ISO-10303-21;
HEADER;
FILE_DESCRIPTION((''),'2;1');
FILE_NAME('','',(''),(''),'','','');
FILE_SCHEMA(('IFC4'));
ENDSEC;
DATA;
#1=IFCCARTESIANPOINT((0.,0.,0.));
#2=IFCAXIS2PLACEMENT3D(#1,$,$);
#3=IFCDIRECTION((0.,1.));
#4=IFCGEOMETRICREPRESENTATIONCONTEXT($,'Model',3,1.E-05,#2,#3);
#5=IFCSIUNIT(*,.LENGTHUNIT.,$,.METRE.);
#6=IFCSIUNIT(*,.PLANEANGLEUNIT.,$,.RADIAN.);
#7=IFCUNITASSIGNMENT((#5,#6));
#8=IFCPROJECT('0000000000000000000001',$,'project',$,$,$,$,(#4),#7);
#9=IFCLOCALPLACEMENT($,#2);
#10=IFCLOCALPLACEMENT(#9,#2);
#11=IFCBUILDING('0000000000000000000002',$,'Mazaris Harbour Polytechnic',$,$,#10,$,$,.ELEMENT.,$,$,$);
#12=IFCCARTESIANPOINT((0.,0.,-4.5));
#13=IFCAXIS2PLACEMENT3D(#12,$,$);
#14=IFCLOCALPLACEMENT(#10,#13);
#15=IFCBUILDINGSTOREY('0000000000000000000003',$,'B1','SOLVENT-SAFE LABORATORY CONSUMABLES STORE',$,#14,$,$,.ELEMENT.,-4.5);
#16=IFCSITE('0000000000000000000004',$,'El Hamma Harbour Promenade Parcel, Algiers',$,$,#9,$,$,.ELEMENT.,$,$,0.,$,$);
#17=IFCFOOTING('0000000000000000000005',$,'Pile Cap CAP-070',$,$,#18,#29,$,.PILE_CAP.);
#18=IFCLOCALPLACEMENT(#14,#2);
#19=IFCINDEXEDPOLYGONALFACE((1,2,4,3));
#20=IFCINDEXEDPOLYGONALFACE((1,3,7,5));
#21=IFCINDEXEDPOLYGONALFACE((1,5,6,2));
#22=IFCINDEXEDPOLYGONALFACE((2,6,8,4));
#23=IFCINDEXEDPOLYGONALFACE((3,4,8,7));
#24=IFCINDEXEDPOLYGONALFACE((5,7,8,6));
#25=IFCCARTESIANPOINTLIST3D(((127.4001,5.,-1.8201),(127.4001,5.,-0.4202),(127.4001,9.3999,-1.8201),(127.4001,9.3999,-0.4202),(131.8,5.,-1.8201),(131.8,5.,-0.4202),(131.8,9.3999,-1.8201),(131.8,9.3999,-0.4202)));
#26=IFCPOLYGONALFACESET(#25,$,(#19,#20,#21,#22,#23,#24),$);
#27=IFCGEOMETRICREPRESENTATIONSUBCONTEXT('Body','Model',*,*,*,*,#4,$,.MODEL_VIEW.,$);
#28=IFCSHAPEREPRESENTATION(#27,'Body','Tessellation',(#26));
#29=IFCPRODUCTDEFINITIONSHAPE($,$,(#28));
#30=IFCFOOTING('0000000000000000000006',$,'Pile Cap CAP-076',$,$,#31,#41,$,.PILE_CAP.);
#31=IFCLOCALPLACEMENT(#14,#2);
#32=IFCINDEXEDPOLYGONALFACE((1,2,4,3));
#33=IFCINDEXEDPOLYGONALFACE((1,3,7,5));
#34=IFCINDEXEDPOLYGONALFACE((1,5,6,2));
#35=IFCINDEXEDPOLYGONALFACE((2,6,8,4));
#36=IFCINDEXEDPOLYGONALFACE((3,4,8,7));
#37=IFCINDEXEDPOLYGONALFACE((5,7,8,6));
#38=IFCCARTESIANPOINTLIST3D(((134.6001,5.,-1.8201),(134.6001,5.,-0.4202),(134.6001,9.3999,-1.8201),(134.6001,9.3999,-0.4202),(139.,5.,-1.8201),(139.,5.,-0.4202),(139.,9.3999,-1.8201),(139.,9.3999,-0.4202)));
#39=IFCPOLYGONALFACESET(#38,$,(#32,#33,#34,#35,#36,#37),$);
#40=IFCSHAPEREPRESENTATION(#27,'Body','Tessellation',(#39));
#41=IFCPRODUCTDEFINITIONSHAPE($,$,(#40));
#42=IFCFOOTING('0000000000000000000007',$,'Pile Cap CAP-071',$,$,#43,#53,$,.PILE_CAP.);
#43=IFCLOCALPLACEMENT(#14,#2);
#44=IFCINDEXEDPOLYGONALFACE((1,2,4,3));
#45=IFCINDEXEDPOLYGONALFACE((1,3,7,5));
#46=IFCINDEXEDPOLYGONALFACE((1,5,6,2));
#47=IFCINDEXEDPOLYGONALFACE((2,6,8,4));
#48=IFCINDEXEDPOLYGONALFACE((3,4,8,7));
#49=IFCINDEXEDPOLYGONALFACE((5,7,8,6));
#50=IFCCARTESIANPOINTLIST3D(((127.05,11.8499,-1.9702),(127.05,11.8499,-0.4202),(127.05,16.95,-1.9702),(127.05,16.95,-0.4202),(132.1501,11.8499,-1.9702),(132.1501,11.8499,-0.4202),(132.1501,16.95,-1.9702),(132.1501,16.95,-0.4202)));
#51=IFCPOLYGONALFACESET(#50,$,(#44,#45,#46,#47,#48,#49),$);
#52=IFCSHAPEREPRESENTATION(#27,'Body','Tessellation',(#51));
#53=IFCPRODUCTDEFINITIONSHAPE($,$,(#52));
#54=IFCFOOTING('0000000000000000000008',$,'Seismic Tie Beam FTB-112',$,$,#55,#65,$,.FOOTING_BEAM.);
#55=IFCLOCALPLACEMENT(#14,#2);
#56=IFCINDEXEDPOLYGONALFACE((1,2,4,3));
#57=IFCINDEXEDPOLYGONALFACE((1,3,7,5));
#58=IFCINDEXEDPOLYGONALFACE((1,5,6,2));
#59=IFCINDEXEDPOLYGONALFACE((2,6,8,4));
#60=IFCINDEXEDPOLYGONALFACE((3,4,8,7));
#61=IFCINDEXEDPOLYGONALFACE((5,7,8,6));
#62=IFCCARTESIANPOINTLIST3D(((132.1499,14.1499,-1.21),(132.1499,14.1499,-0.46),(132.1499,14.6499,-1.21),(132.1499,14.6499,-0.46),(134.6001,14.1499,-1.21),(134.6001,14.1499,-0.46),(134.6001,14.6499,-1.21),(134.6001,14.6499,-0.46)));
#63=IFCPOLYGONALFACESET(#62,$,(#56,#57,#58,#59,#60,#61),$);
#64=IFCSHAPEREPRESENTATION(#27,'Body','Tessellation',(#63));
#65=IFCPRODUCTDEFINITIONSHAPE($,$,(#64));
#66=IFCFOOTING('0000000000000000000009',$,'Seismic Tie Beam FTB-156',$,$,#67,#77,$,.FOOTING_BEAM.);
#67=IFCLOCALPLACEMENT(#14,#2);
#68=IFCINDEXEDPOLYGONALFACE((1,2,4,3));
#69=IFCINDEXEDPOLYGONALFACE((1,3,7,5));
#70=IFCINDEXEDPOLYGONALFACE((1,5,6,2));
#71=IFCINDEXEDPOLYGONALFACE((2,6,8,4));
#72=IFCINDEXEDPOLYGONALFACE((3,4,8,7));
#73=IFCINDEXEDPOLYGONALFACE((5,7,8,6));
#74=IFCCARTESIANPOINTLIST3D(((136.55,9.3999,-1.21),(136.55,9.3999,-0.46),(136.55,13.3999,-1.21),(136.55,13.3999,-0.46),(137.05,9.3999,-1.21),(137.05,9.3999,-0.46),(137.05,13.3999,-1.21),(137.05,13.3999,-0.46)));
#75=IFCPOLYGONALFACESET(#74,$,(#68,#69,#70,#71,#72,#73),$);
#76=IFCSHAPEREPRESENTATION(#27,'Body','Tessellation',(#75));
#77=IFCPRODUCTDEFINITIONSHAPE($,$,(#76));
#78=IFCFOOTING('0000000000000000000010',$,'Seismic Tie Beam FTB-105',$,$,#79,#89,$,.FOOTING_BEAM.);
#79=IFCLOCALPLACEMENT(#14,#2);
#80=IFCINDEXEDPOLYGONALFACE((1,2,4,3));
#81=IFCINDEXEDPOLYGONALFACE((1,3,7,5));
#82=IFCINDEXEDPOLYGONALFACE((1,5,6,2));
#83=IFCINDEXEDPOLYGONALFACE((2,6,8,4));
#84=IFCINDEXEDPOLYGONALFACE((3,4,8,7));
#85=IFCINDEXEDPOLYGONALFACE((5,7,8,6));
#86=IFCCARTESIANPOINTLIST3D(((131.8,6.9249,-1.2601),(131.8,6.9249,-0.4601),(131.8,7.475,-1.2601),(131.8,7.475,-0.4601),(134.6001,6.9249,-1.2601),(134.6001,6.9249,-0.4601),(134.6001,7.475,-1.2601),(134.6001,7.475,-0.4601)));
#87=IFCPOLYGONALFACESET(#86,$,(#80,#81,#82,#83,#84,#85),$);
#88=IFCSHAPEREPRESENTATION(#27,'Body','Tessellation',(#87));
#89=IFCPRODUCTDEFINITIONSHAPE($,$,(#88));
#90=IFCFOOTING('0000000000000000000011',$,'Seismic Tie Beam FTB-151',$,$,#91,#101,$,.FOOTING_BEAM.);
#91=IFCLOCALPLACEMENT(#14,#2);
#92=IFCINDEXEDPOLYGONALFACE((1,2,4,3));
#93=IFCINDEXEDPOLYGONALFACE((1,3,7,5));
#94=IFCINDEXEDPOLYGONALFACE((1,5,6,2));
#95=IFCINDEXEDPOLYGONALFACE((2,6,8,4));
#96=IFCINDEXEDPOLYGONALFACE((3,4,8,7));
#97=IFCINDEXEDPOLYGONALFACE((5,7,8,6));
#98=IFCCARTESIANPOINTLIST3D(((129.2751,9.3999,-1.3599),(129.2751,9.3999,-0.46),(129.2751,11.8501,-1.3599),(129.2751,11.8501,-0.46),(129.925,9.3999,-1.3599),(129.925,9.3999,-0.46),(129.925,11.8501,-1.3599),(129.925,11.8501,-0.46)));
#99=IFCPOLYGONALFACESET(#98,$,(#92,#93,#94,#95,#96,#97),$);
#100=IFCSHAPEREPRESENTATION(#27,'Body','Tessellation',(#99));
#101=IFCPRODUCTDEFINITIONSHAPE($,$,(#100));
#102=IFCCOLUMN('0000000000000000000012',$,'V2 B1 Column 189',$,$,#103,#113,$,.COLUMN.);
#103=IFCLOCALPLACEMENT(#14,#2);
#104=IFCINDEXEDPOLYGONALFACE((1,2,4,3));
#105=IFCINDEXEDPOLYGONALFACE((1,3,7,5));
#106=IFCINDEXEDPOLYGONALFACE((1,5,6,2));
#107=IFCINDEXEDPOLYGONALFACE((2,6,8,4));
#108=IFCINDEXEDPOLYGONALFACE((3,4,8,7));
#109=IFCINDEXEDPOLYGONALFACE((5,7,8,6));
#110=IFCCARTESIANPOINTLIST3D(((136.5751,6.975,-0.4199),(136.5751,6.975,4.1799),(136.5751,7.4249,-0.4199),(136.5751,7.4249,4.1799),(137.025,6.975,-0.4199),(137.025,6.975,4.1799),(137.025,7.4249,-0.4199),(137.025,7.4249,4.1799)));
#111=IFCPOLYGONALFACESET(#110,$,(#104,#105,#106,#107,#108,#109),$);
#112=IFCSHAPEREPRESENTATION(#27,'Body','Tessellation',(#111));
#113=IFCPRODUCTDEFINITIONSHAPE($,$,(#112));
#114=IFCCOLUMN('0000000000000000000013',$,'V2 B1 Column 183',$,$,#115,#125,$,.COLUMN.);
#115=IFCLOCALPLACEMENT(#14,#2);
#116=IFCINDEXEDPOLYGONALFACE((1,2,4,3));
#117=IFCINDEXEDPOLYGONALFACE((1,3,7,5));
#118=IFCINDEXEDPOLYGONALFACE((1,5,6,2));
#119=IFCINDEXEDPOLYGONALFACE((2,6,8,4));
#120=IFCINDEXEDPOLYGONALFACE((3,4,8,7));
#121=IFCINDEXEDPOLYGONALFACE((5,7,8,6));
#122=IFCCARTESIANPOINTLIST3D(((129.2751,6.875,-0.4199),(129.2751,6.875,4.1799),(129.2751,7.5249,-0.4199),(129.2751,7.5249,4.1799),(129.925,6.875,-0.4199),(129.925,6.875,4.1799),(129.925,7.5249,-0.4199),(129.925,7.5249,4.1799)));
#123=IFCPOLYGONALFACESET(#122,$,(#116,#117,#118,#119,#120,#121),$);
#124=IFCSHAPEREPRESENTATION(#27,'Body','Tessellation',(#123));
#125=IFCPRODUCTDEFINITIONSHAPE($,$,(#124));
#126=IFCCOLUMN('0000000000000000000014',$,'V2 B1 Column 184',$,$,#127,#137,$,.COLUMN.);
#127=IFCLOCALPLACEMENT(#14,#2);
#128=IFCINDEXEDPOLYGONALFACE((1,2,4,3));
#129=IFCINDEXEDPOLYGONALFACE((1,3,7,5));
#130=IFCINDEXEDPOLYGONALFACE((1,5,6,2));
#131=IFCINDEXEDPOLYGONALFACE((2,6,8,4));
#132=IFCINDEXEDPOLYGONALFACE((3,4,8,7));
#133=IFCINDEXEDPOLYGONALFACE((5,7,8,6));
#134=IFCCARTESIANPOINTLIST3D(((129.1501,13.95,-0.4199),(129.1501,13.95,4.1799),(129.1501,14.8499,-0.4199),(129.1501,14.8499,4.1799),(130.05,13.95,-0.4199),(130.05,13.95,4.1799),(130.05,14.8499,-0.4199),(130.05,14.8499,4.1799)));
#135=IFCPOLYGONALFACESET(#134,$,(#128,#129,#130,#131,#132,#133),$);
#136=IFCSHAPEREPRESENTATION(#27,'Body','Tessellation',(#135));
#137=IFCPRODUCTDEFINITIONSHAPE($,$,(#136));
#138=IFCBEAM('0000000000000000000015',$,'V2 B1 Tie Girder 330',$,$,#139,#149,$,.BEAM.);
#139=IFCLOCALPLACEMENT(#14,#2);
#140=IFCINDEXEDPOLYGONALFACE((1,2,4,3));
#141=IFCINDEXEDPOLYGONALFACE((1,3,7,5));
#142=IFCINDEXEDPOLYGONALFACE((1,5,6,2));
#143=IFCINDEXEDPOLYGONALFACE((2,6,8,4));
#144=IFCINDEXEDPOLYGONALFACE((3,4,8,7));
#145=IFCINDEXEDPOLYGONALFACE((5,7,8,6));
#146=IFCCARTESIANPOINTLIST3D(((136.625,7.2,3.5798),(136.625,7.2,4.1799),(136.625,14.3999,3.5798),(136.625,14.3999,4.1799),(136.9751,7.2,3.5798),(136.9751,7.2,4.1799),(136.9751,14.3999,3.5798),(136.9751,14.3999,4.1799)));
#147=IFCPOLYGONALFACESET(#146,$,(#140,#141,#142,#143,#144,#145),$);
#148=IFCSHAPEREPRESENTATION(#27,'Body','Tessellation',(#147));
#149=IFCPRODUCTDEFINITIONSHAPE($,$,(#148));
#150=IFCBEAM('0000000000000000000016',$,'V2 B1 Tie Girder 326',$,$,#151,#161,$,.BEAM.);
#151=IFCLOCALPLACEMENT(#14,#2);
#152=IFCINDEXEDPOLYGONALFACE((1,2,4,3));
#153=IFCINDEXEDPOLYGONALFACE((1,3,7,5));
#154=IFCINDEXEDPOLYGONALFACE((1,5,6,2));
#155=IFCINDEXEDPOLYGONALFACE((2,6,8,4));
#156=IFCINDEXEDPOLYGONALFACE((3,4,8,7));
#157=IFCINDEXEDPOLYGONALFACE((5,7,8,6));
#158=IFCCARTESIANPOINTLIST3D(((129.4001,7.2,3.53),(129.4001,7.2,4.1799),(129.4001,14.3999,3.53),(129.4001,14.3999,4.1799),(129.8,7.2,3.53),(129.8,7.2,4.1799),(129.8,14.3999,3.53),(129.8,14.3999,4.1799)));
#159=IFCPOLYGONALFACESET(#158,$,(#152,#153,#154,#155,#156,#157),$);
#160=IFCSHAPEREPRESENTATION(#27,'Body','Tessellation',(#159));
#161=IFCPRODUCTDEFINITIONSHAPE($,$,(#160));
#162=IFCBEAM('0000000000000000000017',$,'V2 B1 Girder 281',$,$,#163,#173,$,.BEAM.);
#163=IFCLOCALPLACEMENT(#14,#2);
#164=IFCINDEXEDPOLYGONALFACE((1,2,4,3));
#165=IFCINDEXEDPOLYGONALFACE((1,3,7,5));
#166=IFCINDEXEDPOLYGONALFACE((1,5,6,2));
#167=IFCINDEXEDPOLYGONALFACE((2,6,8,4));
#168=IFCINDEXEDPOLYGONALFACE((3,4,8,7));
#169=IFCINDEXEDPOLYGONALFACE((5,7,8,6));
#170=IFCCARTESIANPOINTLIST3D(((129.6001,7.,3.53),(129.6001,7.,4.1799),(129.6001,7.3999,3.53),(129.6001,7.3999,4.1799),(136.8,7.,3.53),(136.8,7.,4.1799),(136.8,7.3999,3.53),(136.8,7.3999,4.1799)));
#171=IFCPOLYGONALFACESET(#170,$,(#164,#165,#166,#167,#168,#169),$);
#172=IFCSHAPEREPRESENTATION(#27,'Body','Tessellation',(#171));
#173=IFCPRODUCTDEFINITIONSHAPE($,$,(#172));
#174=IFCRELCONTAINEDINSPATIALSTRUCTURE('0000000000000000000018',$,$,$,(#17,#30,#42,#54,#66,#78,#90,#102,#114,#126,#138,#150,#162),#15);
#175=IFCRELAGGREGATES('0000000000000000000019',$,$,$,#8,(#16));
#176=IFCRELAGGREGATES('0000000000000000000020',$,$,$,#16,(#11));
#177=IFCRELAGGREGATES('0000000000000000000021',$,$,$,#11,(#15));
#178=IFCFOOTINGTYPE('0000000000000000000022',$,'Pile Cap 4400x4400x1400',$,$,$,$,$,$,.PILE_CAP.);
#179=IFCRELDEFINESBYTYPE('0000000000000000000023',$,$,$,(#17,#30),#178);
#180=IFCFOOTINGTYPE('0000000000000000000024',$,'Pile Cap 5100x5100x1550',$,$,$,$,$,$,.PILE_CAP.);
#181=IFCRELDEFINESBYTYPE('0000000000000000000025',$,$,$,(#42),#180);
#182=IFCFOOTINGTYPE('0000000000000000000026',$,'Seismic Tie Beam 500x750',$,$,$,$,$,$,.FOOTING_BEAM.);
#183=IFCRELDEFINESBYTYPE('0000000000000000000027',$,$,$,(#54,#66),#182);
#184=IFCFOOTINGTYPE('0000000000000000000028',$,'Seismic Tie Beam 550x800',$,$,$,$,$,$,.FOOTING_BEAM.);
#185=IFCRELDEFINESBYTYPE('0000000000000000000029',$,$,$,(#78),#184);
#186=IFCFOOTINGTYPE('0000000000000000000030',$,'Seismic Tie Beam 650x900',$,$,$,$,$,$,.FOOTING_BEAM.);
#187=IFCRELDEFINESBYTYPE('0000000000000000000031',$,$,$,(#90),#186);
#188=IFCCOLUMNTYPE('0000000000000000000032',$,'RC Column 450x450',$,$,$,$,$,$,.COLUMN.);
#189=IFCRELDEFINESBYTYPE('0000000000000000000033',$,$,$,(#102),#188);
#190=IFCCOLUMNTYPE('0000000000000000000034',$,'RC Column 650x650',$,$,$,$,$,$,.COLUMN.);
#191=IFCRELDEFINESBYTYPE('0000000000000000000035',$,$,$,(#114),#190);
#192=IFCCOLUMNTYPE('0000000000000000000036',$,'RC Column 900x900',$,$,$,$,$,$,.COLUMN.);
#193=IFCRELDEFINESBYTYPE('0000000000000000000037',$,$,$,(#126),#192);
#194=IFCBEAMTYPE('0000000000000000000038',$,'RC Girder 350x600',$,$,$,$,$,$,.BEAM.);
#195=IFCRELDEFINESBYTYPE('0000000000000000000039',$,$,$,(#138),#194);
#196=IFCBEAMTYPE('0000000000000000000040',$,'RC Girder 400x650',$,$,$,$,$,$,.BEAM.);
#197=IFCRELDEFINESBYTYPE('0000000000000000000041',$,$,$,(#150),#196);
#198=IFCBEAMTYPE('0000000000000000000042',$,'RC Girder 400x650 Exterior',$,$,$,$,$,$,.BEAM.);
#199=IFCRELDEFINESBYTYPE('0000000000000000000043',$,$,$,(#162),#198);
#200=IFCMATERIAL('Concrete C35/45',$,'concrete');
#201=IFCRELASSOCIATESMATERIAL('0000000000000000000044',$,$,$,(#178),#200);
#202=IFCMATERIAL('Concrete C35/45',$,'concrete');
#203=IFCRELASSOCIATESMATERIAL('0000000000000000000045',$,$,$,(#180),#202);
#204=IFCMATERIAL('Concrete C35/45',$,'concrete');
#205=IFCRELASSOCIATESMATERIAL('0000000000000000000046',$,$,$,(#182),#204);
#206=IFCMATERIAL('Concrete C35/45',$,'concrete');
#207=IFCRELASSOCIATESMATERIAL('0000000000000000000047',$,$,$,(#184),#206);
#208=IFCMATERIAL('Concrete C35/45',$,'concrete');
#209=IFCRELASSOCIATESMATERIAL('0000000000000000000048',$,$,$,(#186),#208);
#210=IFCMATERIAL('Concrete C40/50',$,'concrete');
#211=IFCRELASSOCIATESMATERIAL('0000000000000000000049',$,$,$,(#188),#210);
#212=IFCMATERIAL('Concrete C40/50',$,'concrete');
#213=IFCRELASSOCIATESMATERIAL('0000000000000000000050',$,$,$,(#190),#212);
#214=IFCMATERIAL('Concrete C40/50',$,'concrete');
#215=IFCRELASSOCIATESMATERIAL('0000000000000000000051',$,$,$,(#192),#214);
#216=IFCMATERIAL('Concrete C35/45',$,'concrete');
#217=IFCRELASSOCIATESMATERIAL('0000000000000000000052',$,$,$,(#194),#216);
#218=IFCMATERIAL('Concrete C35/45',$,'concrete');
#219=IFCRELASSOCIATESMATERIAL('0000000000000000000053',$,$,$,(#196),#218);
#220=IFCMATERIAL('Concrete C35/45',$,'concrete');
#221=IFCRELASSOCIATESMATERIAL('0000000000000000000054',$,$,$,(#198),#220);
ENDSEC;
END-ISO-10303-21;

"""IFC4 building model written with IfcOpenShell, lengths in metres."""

from ifc_helpers import new_model, si_unit, direction, frame, origin, origin_2d, place, context, subcontext, project, spatial, rectangle, extrude, material, material_profile, profile_set, type_object, element, save


model = new_model("IFC4")

# Units and contexts
model_context = context("Model", 3, precision=1e-05, world=origin(), true_north=direction((0.0, 1.0)))
body_context = subcontext(model_context, "Body", "Model", "MODEL_VIEW")
ifc_project = project(units=[si_unit("LENGTHUNIT", "METRE"), si_unit("PLANEANGLEUNIT", "RADIAN")], contexts=[model_context])

# Site, building, storey
site_placement = place(None, origin())
site = spatial("IfcSite", under=ifc_project, at=site_placement, Name="El Hamma Harbour Promenade Parcel, Algiers", CompositionType="ELEMENT", RefElevation=0.0)
building_placement = place(site_placement, origin())
building = spatial("IfcBuilding", under=site, at=building_placement, Name="Mazaris Harbour Polytechnic", CompositionType="ELEMENT")
storey_placement = place(building_placement, frame((0.0, 0.0, -4.5)))
storey = spatial("IfcBuildingStorey", under=building, at=storey_placement, Name="B1", Description="SOLVENT-SAFE LABORATORY CONSUMABLES STORE", CompositionType="ELEMENT", Elevation=-4.5)

# Footings
ifc_material_1 = material(Name="Concrete C35/45", Category="concrete")
footing_type_1 = type_object("IfcFootingType", Name="Pile Cap 4400x4400x1400", PredefinedType="PILE_CAP", material=ifc_material_1)
for number, where, z_axis, x_axis, name in (
    (1, (129.6001, 7.2, -1.8201), (0.0, 0.0, 1.0), (1.0, 0.0, 0.0), "Pile Cap CAP-070"),
    (2, (136.8, 7.2, -1.8201), (0.0, 0.0, 1.0), (1.0, 0.0, 0.0), "Pile Cap CAP-076"),
):
    element("IfcFooting", number, at=place(storey_placement, frame(where, z_axis=z_axis, x_axis=x_axis)), inside=storey, type_object=footing_type_1, Name=name, PredefinedType="PILE_CAP", context=body_context, shape_type="SweptSolid", body=[
        extrude(rectangle(XDim=4.3999, YDim=4.3999, at=origin_2d()), origin(), (0.0, 0.0, 1.0), 1.3999),
    ])
ifc_material_2 = material(Name="Concrete C35/45", Category="concrete")
footing_type_2 = type_object("IfcFootingType", Name="Pile Cap 5100x5100x1550", PredefinedType="PILE_CAP", material=ifc_material_2)
footing_1_placement = place(storey_placement, frame((129.6001, 14.3999, -1.9702), z_axis=(0.0, 0.0, 1.0), x_axis=(1.0, 0.0, 0.0)))
element("IfcFooting", 3, at=footing_1_placement, inside=storey, type_object=footing_type_2, Name="Pile Cap CAP-071", PredefinedType="PILE_CAP", context=body_context, shape_type="SweptSolid", body=[
    extrude(rectangle(XDim=5.1001, YDim=5.1001, at=origin_2d()), origin(), (0.0, 0.0, 1.0), 1.55),
])
ifc_material_3 = material(Name="Concrete C35/45", Category="concrete")
ifc_material_profile_1 = material_profile(ifc_material_3, rectangle(XDim=0.5, YDim=0.75, at=origin_2d()), Name="RECT500x750")
ifc_profile_set_1 = profile_set([ifc_material_profile_1], Name="Concrete C35/45")
footing_type_3 = type_object("IfcFootingType", Name="Seismic Tie Beam 500x750", PredefinedType="FOOTING_BEAM", material=ifc_profile_set_1)
footing_2_placement = place(storey_placement, frame((132.1499, 14.3999, -0.835), z_axis=(1.0, 0.0, 0.0), x_axis=(0.0, 1.0, 0.0)))
element("IfcFooting", 4, at=footing_2_placement, inside=storey, type_object=footing_type_3, Name="Seismic Tie Beam FTB-112", PredefinedType="FOOTING_BEAM", context=body_context, shape_type="SweptSolid", body=[
    extrude(rectangle(XDim=0.5, YDim=0.75, at=origin_2d()), origin(), (0.0, 0.0, 1.0), 2.4502),
])
footing_3_placement = place(storey_placement, frame((136.8, 9.3999, -0.835), z_axis=(0.0, 1.0, 0.0), x_axis=(-1.0, 0.0, 0.0)))
element("IfcFooting", 5, at=footing_3_placement, inside=storey, type_object=footing_type_3, Name="Seismic Tie Beam FTB-156", PredefinedType="FOOTING_BEAM", context=body_context, shape_type="SweptSolid", body=[
    extrude(rectangle(XDim=0.5, YDim=0.75, at=origin_2d()), origin(), (0.0, 0.0, 1.0), 4.0),
])
ifc_material_4 = material(Name="Concrete C35/45", Category="concrete")
ifc_material_profile_2 = material_profile(ifc_material_4, rectangle(XDim=0.55, YDim=0.8, at=origin_2d()), Name="RECT550x800")
ifc_profile_set_2 = profile_set([ifc_material_profile_2], Name="Concrete C35/45")
footing_type_4 = type_object("IfcFootingType", Name="Seismic Tie Beam 550x800", PredefinedType="FOOTING_BEAM", material=ifc_profile_set_2)
footing_4_placement = place(storey_placement, frame((131.8, 7.2, -0.8601), z_axis=(1.0, 0.0, 0.0), x_axis=(0.0, 1.0, 0.0)))
element("IfcFooting", 6, at=footing_4_placement, inside=storey, type_object=footing_type_4, Name="Seismic Tie Beam FTB-105", PredefinedType="FOOTING_BEAM", context=body_context, shape_type="SweptSolid", body=[
    extrude(rectangle(XDim=0.55, YDim=0.8, at=origin_2d()), origin(), (0.0, 0.0, 1.0), 2.8),
])
ifc_material_5 = material(Name="Concrete C35/45", Category="concrete")
ifc_material_profile_3 = material_profile(ifc_material_5, rectangle(XDim=0.6499, YDim=0.8999, at=origin_2d()), Name="RECT650x900")
ifc_profile_set_3 = profile_set([ifc_material_profile_3], Name="Concrete C35/45")
footing_type_5 = type_object("IfcFootingType", Name="Seismic Tie Beam 650x900", PredefinedType="FOOTING_BEAM", material=ifc_profile_set_3)
footing_5_placement = place(storey_placement, frame((129.6001, 9.3999, -0.9099), z_axis=(0.0, 1.0, 0.0), x_axis=(-1.0, 0.0, 0.0)))
element("IfcFooting", 7, at=footing_5_placement, inside=storey, type_object=footing_type_5, Name="Seismic Tie Beam FTB-151", PredefinedType="FOOTING_BEAM", context=body_context, shape_type="SweptSolid", body=[
    extrude(rectangle(XDim=0.6499, YDim=0.8999, at=origin_2d()), origin(), (0.0, 0.0, 1.0), 2.4502),
])

# Columns
ifc_material_6 = material(Name="Concrete C40/50", Category="concrete")
ifc_material_profile_4 = material_profile(ifc_material_6, rectangle(XDim=0.45, YDim=0.45, at=origin_2d()), Name="RECT450x450")
ifc_profile_set_4 = profile_set([ifc_material_profile_4], Name="Concrete C40/50")
column_type_1 = type_object("IfcColumnType", Name="RC Column 450x450", PredefinedType="COLUMN", material=ifc_profile_set_4)
column_1_placement = place(storey_placement, frame((136.8, 7.2, -0.4199), z_axis=(0.0, 0.0, 1.0), x_axis=(1.0, 0.0, 0.0)))
element("IfcColumn", 8, at=column_1_placement, inside=storey, type_object=column_type_1, Name="V2 B1 Column 189", PredefinedType="COLUMN", context=body_context, shape_type="SweptSolid", body=[
    extrude(rectangle(XDim=0.45, YDim=0.45, at=origin_2d()), origin(), (0.0, 0.0, 1.0), 4.5999),
])
ifc_material_7 = material(Name="Concrete C40/50", Category="concrete")
ifc_material_profile_5 = material_profile(ifc_material_7, rectangle(XDim=0.6499, YDim=0.6499, at=origin_2d()), Name="RECT650x650")
ifc_profile_set_5 = profile_set([ifc_material_profile_5], Name="Concrete C40/50")
column_type_2 = type_object("IfcColumnType", Name="RC Column 650x650", PredefinedType="COLUMN", material=ifc_profile_set_5)
column_2_placement = place(storey_placement, frame((129.6001, 7.2, -0.4199), z_axis=(0.0, 0.0, 1.0), x_axis=(1.0, 0.0, 0.0)))
element("IfcColumn", 9, at=column_2_placement, inside=storey, type_object=column_type_2, Name="V2 B1 Column 183", PredefinedType="COLUMN", context=body_context, shape_type="SweptSolid", body=[
    extrude(rectangle(XDim=0.6499, YDim=0.6499, at=origin_2d()), origin(), (0.0, 0.0, 1.0), 4.5999),
])
ifc_material_8 = material(Name="Concrete C40/50", Category="concrete")
ifc_material_profile_6 = material_profile(ifc_material_8, rectangle(XDim=0.8999, YDim=0.8999, at=origin_2d()), Name="RECT900x900")
ifc_profile_set_6 = profile_set([ifc_material_profile_6], Name="Concrete C40/50")
column_type_3 = type_object("IfcColumnType", Name="RC Column 900x900", PredefinedType="COLUMN", material=ifc_profile_set_6)
column_3_placement = place(storey_placement, frame((129.6001, 14.3999, -0.4199), z_axis=(0.0, 0.0, 1.0), x_axis=(1.0, 0.0, 0.0)))
element("IfcColumn", 10, at=column_3_placement, inside=storey, type_object=column_type_3, Name="V2 B1 Column 184", PredefinedType="COLUMN", context=body_context, shape_type="SweptSolid", body=[
    extrude(rectangle(XDim=0.8999, YDim=0.8999, at=origin_2d()), origin(), (0.0, 0.0, 1.0), 4.5999),
])

# Beams
ifc_material_9 = material(Name="Concrete C35/45", Category="concrete")
ifc_material_profile_7 = material_profile(ifc_material_9, rectangle(XDim=0.3501, YDim=0.6001, at=origin_2d()), Name="RECT350x600")
ifc_profile_set_7 = profile_set([ifc_material_profile_7], Name="Concrete C35/45")
beam_type_1 = type_object("IfcBeamType", Name="RC Girder 350x600", PredefinedType="BEAM", material=ifc_profile_set_7)
beam_1_placement = place(storey_placement, frame((136.8, 7.2, 3.8799), z_axis=(0.0, 1.0, 0.0), x_axis=(-1.0, 0.0, 0.0)))
element("IfcBeam", 11, at=beam_1_placement, inside=storey, type_object=beam_type_1, Name="V2 B1 Tie Girder 330", PredefinedType="BEAM", context=body_context, shape_type="SweptSolid", body=[
    extrude(rectangle(XDim=0.3501, YDim=0.6001, at=origin_2d()), origin(), (0.0, 0.0, 1.0), 7.2),
])
ifc_material_10 = material(Name="Concrete C35/45", Category="concrete")
ifc_material_profile_8 = material_profile(ifc_material_10, rectangle(XDim=0.3999, YDim=0.6499, at=origin_2d()), Name="RECT400x650")
ifc_profile_set_8 = profile_set([ifc_material_profile_8], Name="Concrete C35/45")
beam_type_2 = type_object("IfcBeamType", Name="RC Girder 400x650", PredefinedType="BEAM", material=ifc_profile_set_8)
beam_2_placement = place(storey_placement, frame((129.6001, 7.2, 3.855), z_axis=(0.0, 1.0, 0.0), x_axis=(-1.0, 0.0, 0.0)))
element("IfcBeam", 12, at=beam_2_placement, inside=storey, type_object=beam_type_2, Name="V2 B1 Tie Girder 326", PredefinedType="BEAM", context=body_context, shape_type="SweptSolid", body=[
    extrude(rectangle(XDim=0.3999, YDim=0.6499, at=origin_2d()), origin(), (0.0, 0.0, 1.0), 7.2),
])
ifc_material_11 = material(Name="Concrete C35/45", Category="concrete")
ifc_material_profile_9 = material_profile(ifc_material_11, rectangle(XDim=0.3999, YDim=0.6499, at=origin_2d()), Name="RECT400x650")
ifc_profile_set_9 = profile_set([ifc_material_profile_9], Name="Concrete C35/45")
beam_type_3 = type_object("IfcBeamType", Name="RC Girder 400x650 Exterior", PredefinedType="BEAM", material=ifc_profile_set_9)
beam_3_placement = place(storey_placement, frame((129.6001, 7.2, 3.855), z_axis=(1.0, 0.0, 0.0), x_axis=(0.0, 1.0, 0.0)))
element("IfcBeam", 13, at=beam_3_placement, inside=storey, type_object=beam_type_3, Name="V2 B1 Girder 281", PredefinedType="BEAM", context=body_context, shape_type="SweptSolid", body=[
    extrude(rectangle(XDim=0.3999, YDim=0.6499, at=origin_2d()), origin(), (0.0, 0.0, 1.0), 7.2),
])

save(model, "model.ifc")
